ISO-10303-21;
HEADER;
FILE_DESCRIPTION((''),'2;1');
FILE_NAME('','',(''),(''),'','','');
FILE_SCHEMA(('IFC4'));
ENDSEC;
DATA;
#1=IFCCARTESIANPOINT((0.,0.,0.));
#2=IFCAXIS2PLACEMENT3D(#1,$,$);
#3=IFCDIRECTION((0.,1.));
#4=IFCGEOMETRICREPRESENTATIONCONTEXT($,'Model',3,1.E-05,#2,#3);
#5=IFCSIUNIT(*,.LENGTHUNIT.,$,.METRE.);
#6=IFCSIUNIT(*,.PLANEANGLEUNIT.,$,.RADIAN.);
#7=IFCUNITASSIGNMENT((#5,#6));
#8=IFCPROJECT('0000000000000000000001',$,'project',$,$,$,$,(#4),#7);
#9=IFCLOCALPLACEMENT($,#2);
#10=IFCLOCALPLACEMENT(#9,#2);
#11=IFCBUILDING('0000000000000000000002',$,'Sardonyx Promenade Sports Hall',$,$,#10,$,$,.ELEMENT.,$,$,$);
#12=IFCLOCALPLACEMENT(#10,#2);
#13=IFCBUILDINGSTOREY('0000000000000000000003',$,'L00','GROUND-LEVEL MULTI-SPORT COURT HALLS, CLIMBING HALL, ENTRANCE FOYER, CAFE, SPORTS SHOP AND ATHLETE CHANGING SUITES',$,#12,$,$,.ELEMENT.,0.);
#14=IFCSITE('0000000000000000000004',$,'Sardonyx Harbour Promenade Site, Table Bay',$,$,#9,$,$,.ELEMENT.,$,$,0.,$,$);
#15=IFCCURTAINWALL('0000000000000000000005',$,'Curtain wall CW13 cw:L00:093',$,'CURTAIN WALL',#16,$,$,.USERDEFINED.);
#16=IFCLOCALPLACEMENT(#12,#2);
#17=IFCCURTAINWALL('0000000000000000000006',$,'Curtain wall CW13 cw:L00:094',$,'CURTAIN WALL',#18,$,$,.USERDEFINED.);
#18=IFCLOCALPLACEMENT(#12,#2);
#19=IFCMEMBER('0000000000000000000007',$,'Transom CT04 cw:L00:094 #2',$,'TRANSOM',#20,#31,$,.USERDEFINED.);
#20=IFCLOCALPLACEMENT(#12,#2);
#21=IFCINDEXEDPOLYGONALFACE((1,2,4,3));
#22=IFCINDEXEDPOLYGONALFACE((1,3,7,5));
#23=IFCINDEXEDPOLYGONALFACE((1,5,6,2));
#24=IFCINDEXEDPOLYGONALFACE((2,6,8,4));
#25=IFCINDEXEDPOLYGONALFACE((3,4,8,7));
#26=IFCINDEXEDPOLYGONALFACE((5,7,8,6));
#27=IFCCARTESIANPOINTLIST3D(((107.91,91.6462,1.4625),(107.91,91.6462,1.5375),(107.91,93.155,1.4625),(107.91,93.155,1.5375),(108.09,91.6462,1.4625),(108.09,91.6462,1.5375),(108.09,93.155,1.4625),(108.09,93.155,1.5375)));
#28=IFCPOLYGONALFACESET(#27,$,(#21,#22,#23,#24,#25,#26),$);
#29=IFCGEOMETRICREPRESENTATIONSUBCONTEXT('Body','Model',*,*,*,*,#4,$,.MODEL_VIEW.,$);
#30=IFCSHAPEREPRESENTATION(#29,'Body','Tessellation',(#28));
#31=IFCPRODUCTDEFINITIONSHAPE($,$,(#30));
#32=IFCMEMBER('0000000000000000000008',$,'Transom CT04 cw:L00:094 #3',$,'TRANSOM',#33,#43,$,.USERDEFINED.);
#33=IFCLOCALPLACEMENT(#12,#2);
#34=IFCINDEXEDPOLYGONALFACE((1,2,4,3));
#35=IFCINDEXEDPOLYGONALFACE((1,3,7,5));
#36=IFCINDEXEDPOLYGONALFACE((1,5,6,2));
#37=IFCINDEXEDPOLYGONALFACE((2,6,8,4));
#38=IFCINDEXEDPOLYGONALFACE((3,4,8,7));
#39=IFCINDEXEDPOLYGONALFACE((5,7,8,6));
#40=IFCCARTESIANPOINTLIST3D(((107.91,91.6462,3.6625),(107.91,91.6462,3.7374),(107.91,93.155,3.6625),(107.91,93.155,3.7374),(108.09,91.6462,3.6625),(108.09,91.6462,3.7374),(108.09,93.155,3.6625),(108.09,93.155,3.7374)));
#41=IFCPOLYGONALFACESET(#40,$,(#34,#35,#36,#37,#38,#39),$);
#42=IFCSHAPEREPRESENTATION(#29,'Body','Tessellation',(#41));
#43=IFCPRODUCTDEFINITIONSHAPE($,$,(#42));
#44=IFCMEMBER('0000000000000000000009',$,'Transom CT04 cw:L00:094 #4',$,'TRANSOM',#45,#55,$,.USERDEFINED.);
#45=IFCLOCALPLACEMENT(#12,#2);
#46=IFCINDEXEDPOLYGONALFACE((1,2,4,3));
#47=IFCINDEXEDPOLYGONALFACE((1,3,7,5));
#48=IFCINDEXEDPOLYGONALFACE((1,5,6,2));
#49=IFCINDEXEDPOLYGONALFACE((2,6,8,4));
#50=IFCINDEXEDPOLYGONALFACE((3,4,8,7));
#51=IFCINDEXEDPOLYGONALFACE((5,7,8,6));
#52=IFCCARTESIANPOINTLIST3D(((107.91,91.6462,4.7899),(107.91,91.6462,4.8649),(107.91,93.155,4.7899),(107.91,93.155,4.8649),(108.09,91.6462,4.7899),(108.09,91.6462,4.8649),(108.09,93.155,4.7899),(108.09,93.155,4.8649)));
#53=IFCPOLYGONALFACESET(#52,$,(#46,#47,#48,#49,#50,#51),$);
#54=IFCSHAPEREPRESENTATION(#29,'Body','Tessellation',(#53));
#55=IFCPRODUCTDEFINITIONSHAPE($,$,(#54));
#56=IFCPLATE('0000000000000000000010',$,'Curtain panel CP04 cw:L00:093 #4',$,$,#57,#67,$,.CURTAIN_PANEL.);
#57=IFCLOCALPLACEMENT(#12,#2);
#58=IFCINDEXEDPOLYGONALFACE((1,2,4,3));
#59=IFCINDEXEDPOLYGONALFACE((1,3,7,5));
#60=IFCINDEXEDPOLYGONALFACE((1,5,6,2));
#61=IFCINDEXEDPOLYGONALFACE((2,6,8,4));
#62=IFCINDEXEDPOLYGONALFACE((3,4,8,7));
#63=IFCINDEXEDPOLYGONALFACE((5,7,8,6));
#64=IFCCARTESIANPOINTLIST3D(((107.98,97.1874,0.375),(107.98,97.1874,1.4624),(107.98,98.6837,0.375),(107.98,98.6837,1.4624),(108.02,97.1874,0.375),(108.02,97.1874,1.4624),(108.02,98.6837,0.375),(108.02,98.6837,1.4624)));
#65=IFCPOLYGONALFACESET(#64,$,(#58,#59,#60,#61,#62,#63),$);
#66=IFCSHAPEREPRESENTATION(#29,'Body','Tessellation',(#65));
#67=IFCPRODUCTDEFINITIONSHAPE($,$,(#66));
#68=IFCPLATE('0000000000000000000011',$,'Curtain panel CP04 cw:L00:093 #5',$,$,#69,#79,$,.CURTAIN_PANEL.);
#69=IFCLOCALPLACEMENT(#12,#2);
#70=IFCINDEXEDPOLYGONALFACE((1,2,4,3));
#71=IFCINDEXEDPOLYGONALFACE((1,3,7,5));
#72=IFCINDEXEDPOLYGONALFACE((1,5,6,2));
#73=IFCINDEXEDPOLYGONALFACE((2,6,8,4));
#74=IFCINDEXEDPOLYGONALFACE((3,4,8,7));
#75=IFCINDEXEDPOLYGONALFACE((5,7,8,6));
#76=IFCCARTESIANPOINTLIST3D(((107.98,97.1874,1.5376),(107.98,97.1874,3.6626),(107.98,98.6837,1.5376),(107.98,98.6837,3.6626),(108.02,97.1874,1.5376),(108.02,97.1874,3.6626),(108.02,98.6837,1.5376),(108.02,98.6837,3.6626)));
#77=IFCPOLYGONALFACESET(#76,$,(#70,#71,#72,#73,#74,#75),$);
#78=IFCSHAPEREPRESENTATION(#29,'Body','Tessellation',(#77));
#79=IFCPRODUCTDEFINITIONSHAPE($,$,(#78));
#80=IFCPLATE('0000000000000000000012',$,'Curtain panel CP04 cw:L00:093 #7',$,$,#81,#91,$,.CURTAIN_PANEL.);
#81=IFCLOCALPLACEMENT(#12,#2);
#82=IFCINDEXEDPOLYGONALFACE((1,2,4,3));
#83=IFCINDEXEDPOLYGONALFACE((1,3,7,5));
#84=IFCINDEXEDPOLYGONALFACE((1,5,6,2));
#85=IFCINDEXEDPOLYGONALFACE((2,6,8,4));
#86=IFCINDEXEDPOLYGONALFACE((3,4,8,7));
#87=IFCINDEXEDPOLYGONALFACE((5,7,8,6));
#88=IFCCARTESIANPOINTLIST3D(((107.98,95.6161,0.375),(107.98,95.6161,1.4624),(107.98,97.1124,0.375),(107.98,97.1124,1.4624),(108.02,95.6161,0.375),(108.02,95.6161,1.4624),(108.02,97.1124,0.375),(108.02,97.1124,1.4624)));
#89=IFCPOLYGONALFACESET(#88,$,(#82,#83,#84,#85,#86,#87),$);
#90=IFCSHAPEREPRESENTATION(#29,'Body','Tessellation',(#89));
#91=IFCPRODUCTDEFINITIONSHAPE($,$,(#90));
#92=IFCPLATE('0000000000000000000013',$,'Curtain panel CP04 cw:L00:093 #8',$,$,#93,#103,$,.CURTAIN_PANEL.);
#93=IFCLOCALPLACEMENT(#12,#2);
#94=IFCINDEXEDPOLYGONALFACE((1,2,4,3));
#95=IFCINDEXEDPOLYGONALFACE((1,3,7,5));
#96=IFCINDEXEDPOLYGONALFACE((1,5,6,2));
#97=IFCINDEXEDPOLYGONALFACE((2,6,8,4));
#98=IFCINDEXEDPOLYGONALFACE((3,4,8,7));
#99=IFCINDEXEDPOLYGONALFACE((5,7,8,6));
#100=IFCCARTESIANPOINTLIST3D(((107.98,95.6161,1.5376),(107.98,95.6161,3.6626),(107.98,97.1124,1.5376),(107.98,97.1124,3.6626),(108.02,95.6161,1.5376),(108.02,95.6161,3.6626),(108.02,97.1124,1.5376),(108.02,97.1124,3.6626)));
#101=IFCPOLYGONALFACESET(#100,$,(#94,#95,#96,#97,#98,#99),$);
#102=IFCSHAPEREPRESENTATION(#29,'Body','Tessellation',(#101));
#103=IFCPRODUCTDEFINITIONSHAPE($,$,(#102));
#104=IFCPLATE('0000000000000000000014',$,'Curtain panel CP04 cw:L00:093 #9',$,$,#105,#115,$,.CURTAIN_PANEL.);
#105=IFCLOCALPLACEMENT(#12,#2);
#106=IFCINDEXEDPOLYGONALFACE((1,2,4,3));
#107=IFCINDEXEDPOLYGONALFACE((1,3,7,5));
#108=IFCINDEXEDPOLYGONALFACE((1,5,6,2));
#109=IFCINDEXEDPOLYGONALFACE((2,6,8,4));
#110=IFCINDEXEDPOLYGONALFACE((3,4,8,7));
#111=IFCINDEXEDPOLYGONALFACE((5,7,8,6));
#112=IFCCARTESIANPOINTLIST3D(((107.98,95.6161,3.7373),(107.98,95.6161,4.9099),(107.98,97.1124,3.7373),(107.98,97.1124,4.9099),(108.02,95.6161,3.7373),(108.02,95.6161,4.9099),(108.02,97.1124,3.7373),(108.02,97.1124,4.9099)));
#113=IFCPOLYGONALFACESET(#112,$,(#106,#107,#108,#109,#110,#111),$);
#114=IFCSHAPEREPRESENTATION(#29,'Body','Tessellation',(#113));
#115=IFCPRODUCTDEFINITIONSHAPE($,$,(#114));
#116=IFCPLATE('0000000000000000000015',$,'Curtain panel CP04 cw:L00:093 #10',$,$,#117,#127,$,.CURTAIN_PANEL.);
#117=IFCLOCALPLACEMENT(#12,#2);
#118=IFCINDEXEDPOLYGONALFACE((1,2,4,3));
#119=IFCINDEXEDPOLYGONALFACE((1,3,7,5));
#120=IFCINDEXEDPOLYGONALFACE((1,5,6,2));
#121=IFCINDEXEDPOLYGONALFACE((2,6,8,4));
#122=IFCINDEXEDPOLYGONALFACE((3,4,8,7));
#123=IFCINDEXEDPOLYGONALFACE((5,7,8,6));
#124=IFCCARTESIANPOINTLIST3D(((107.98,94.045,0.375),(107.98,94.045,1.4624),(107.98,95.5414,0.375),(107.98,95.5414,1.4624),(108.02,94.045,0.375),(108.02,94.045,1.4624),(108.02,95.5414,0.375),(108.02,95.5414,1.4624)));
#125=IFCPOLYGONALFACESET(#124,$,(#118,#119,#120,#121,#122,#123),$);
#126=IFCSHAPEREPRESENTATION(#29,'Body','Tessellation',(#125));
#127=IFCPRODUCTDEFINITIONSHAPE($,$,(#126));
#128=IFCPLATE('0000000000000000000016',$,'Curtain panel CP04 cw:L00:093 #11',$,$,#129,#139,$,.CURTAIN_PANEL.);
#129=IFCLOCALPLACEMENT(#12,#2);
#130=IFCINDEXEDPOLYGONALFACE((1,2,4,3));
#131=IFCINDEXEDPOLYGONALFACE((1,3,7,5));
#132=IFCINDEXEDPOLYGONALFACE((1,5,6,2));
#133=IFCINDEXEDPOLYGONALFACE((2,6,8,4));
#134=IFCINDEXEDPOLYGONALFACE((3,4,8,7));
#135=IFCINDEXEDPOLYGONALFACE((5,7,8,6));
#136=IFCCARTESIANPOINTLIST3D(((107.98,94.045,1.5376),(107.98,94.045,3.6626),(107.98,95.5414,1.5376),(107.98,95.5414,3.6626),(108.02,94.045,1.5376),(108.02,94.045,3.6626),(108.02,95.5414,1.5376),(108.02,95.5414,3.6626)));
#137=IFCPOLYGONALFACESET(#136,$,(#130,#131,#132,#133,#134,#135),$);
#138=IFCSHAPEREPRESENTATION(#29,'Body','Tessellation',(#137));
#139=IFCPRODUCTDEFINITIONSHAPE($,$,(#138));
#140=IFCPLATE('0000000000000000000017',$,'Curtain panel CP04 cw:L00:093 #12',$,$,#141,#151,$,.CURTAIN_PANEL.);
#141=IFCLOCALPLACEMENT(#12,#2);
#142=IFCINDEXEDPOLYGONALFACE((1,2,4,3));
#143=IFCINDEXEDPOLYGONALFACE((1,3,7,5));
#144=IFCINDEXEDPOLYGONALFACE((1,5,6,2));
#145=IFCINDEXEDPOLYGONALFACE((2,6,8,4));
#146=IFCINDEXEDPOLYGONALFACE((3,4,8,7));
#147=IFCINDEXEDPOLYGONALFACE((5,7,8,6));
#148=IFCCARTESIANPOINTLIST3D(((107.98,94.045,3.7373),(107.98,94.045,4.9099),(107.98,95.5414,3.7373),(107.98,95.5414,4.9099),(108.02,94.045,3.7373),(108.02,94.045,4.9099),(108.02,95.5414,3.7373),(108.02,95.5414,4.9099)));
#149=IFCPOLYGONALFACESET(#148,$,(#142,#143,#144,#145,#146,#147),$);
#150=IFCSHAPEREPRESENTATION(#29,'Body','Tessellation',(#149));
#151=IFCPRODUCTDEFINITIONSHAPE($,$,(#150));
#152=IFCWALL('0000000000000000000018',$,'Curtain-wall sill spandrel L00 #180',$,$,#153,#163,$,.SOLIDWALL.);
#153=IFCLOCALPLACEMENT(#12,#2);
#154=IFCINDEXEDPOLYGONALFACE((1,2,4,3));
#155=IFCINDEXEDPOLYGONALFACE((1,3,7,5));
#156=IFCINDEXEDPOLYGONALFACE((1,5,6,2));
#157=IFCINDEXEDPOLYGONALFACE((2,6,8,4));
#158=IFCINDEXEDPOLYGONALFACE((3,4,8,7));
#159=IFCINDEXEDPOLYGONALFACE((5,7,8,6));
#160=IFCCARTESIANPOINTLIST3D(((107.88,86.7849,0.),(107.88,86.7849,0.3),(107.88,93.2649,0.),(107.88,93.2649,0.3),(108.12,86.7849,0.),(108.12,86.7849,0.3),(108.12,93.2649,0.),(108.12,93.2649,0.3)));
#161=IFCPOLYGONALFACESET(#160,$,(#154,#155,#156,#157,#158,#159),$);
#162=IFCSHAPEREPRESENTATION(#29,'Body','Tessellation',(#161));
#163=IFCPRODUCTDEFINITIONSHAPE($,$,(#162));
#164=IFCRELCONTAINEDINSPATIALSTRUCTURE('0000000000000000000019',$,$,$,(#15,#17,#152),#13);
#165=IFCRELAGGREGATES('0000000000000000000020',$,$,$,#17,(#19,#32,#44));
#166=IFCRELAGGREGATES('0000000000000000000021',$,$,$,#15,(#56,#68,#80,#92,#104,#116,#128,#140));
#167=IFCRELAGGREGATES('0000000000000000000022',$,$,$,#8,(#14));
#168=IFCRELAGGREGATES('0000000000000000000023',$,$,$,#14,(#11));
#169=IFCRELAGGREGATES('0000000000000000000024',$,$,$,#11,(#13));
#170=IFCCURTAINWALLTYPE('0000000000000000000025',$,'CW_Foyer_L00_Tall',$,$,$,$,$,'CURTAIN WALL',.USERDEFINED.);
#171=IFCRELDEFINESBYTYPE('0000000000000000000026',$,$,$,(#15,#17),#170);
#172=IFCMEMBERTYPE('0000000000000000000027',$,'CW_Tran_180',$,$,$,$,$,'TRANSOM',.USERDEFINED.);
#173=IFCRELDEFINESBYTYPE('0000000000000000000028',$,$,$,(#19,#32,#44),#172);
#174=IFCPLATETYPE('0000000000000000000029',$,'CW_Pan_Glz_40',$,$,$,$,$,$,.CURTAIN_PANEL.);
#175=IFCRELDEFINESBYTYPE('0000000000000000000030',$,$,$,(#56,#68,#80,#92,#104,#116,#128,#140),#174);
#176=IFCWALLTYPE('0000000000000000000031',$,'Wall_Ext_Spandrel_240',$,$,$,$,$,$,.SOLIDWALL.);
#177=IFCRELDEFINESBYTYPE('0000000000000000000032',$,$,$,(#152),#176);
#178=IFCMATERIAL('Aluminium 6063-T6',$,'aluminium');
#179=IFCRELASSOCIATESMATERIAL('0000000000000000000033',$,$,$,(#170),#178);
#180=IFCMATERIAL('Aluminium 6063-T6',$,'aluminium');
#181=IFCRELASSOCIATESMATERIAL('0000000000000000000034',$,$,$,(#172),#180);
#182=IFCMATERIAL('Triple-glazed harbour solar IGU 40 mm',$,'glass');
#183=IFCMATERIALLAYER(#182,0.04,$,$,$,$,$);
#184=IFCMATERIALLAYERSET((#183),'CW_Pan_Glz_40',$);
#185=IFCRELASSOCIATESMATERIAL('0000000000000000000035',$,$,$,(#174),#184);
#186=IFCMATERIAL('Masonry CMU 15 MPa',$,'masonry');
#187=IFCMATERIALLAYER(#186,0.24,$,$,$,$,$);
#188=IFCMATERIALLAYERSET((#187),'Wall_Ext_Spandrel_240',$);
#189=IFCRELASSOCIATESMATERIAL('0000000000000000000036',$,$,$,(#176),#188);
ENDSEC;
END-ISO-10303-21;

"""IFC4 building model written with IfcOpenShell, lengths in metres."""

from ifc_helpers import new_model, si_unit, direction, frame, frame_2d, origin, origin_2d, place, context, subcontext, project, spatial, rectangle, extrude, material, layer, layer_set, material_profile, profile_set, type_object, element, aggregate, save


model = new_model("IFC4")

# Units and contexts
model_context = context("Model", 3, precision=1e-05, world=origin(), true_north=direction((0.0, 1.0)))
body_context = subcontext(model_context, "Body", "Model", "MODEL_VIEW")
ifc_project = project(units=[si_unit("LENGTHUNIT", "METRE"), si_unit("PLANEANGLEUNIT", "RADIAN")], contexts=[model_context])

# Site, building, storey
site_placement = place(None, origin())
site = spatial("IfcSite", under=ifc_project, at=site_placement, Name="Sardonyx Harbour Promenade Site, Table Bay", CompositionType="ELEMENT", RefElevation=0.0)
building_placement = place(site_placement, origin())
building = spatial("IfcBuilding", under=site, at=building_placement, Name="Sardonyx Promenade Sports Hall", CompositionType="ELEMENT")
storey_placement = place(building_placement, origin())
storey = spatial("IfcBuildingStorey", under=building, at=storey_placement, Name="L00", Description="GROUND-LEVEL MULTI-SPORT COURT HALLS, CLIMBING HALL, ENTRANCE FOYER, CAFE, SPORTS SHOP AND ATHLETE CHANGING SUITES", CompositionType="ELEMENT", Elevation=0.0)

# Curtain wall
ifc_material_1 = material(Name="Aluminium 6063-T6", Category="aluminium")
curtain_wall_type = type_object("IfcCurtainWallType", Name="CW_Foyer_L00_Tall", ElementType="CURTAIN WALL", PredefinedType="USERDEFINED", material=ifc_material_1)
curtain_wall_1_placement = place(storey_placement, origin())
curtain_wall_1 = element("IfcCurtainWall", 1, at=curtain_wall_1_placement, inside=storey, type_object=curtain_wall_type, Name="Curtain wall CW13 cw:L00:093", ObjectType="CURTAIN WALL", PredefinedType="USERDEFINED")

# Curtain wall
curtain_wall_2_placement = place(storey_placement, origin())
curtain_wall_2 = element("IfcCurtainWall", 2, at=curtain_wall_2_placement, inside=storey, type_object=curtain_wall_type, Name="Curtain wall CW13 cw:L00:094", ObjectType="CURTAIN WALL", PredefinedType="USERDEFINED")

# Members
ifc_material_2 = material(Name="Aluminium 6063-T6", Category="aluminium")
ifc_material_profile_1 = material_profile(ifc_material_2, rectangle(XDim=0.075, YDim=0.1799, at=origin_2d()))
ifc_profile_set_1 = profile_set([ifc_material_profile_1], Name="Aluminium 6063-T6")
member_type_1 = type_object("IfcMemberType", Name="CW_Tran_180", ElementType="TRANSOM", PredefinedType="USERDEFINED", material=ifc_profile_set_1)
member_1_placement = place(storey_placement, frame((108.0, 93.155, 1.5), z_axis=(0.0, -1.0, 0.0), x_axis=(0.0, 0.0, 1.0)))
member_1 = element("IfcMember", 3, at=member_1_placement, type_object=member_type_1, Name="Transom CT04 cw:L00:094 #2", ObjectType="TRANSOM", PredefinedType="USERDEFINED", context=body_context, shape_type="SweptSolid", body=[
    extrude(rectangle(XDim=0.075, YDim=0.1799, at=origin_2d()), origin(), (0.0, 0.0, 1.0), 1.5088),
])
member_2_placement = place(storey_placement, frame((108.0, 93.155, 3.7), z_axis=(0.0, -1.0, 0.0), x_axis=(0.0, 0.0, 1.0)))
member_2 = element("IfcMember", 4, at=member_2_placement, type_object=member_type_1, Name="Transom CT04 cw:L00:094 #3", ObjectType="TRANSOM", PredefinedType="USERDEFINED", context=body_context, shape_type="SweptSolid", body=[
    extrude(rectangle(XDim=0.075, YDim=0.1799, at=origin_2d()), origin(), (0.0, 0.0, 1.0), 1.5088),
])
member_3_placement = place(storey_placement, frame((108.0, 93.155, 4.8274), z_axis=(0.0, -1.0, 0.0), x_axis=(0.0, 0.0, 1.0)))
member_3 = element("IfcMember", 5, at=member_3_placement, type_object=member_type_1, Name="Transom CT04 cw:L00:094 #4", ObjectType="TRANSOM", PredefinedType="USERDEFINED", context=body_context, shape_type="SweptSolid", body=[
    extrude(rectangle(XDim=0.075, YDim=0.1799, at=origin_2d()), origin(), (0.0, 0.0, 1.0), 1.5088),
])
aggregate(curtain_wall_2, [member_1, member_2, member_3])

# Plates
ifc_material_3 = material(Name="Triple-glazed harbour solar IGU 40 mm", Category="glass")
ifc_layer_1 = layer(ifc_material_3, 0.04)
ifc_layer_set_1 = layer_set([ifc_layer_1], Name="CW_Pan_Glz_40")
plate_type = type_object("IfcPlateType", Name="CW_Pan_Glz_40", PredefinedType="CURTAIN_PANEL", material=ifc_layer_set_1)
plate_1_placement = place(storey_placement, frame((108.0, 97.9355, 0.375), z_axis=(0.0, 0.0, 1.0), x_axis=(0.0, -1.0, 0.0)))
plate_1 = element("IfcPlate", 6, at=plate_1_placement, type_object=plate_type, Name="Curtain panel CP04 cw:L00:093 #4", PredefinedType="CURTAIN_PANEL", context=body_context, shape_type="SweptSolid", body=[
    extrude(rectangle(XDim=1.4963, YDim=0.04, at=origin_2d()), origin(), (0.0, 0.0, 1.0), 1.0874),
])
plate_2_placement = place(storey_placement, frame((108.0, 97.9355, 1.5376), z_axis=(0.0, 0.0, 1.0), x_axis=(0.0, -1.0, 0.0)))
plate_2 = element("IfcPlate", 7, at=plate_2_placement, type_object=plate_type, Name="Curtain panel CP04 cw:L00:093 #5", PredefinedType="CURTAIN_PANEL", context=body_context, shape_type="SweptSolid", body=[
    extrude(rectangle(XDim=1.4963, YDim=0.04, at=origin_2d()), origin(), (0.0, 0.0, 1.0), 2.125),
])
plate_3_placement = place(storey_placement, frame((108.0, 96.3643, 0.375), z_axis=(0.0, 0.0, 1.0), x_axis=(0.0, -1.0, 0.0)))
plate_3 = element("IfcPlate", 8, at=plate_3_placement, type_object=plate_type, Name="Curtain panel CP04 cw:L00:093 #7", PredefinedType="CURTAIN_PANEL", context=body_context, shape_type="SweptSolid", body=[
    extrude(rectangle(XDim=1.4963, YDim=0.04, at=origin_2d()), origin(), (0.0, 0.0, 1.0), 1.0874),
])
plate_4_placement = place(storey_placement, frame((108.0, 96.3643, 1.5376), z_axis=(0.0, 0.0, 1.0), x_axis=(0.0, -1.0, 0.0)))
plate_4 = element("IfcPlate", 9, at=plate_4_placement, type_object=plate_type, Name="Curtain panel CP04 cw:L00:093 #8", PredefinedType="CURTAIN_PANEL", context=body_context, shape_type="SweptSolid", body=[
    extrude(rectangle(XDim=1.4963, YDim=0.04, at=origin_2d()), origin(), (0.0, 0.0, 1.0), 2.125),
])
plate_5_placement = place(storey_placement, frame((108.0, 96.3643, 3.7373), z_axis=(0.0, 0.0, 1.0), x_axis=(0.0, -1.0, 0.0)))
plate_5 = element("IfcPlate", 10, at=plate_5_placement, type_object=plate_type, Name="Curtain panel CP04 cw:L00:093 #9", PredefinedType="CURTAIN_PANEL", context=body_context, shape_type="SweptSolid", body=[
    extrude(rectangle(XDim=1.4963, YDim=0.04, at=origin_2d()), origin(), (0.0, 0.0, 1.0), 1.1726),
])
plate_6_placement = place(storey_placement, frame((108.0, 94.7932, 0.375), z_axis=(0.0, 0.0, 1.0), x_axis=(0.0, -1.0, 0.0)))
plate_6 = element("IfcPlate", 11, at=plate_6_placement, type_object=plate_type, Name="Curtain panel CP04 cw:L00:093 #10", PredefinedType="CURTAIN_PANEL", context=body_context, shape_type="SweptSolid", body=[
    extrude(rectangle(XDim=1.4963, YDim=0.04, at=origin_2d()), origin(), (0.0, 0.0, 1.0), 1.0874),
])
plate_7_placement = place(storey_placement, frame((108.0, 94.7932, 1.5376), z_axis=(0.0, 0.0, 1.0), x_axis=(0.0, -1.0, 0.0)))
plate_7 = element("IfcPlate", 12, at=plate_7_placement, type_object=plate_type, Name="Curtain panel CP04 cw:L00:093 #11", PredefinedType="CURTAIN_PANEL", context=body_context, shape_type="SweptSolid", body=[
    extrude(rectangle(XDim=1.4963, YDim=0.04, at=origin_2d()), origin(), (0.0, 0.0, 1.0), 2.125),
])
plate_8_placement = place(storey_placement, frame((108.0, 94.7932, 3.7373), z_axis=(0.0, 0.0, 1.0), x_axis=(0.0, -1.0, 0.0)))
plate_8 = element("IfcPlate", 13, at=plate_8_placement, type_object=plate_type, Name="Curtain panel CP04 cw:L00:093 #12", PredefinedType="CURTAIN_PANEL", context=body_context, shape_type="SweptSolid", body=[
    extrude(rectangle(XDim=1.4963, YDim=0.04, at=origin_2d()), origin(), (0.0, 0.0, 1.0), 1.1726),
])
aggregate(curtain_wall_1, [plate_1, plate_2, plate_3, plate_4, plate_5, plate_6, plate_7, plate_8])

# Wall
ifc_material_4 = material(Name="Masonry CMU 15 MPa", Category="masonry")
ifc_layer_2 = layer(ifc_material_4, 0.24)
ifc_layer_set_2 = layer_set([ifc_layer_2], Name="Wall_Ext_Spandrel_240")
wall_type = type_object("IfcWallType", Name="Wall_Ext_Spandrel_240", PredefinedType="SOLIDWALL", material=ifc_layer_set_2)
wall_placement = place(storey_placement, frame((108.0, 93.2649, 0.0), z_axis=(0.0, 0.0, 1.0), x_axis=(0.0, -1.0, 0.0)))
element("IfcWall", 14, at=wall_placement, inside=storey, type_object=wall_type, Name="Curtain-wall sill spandrel L00 #180", PredefinedType="SOLIDWALL", context=body_context, shape_type="SweptSolid", body=[
    extrude(rectangle(XDim=6.48, YDim=0.24, at=frame_2d((3.24, 0.0))), origin(), (0.0, 0.0, 1.0), 0.3),
])

save(model, "model.ifc")
